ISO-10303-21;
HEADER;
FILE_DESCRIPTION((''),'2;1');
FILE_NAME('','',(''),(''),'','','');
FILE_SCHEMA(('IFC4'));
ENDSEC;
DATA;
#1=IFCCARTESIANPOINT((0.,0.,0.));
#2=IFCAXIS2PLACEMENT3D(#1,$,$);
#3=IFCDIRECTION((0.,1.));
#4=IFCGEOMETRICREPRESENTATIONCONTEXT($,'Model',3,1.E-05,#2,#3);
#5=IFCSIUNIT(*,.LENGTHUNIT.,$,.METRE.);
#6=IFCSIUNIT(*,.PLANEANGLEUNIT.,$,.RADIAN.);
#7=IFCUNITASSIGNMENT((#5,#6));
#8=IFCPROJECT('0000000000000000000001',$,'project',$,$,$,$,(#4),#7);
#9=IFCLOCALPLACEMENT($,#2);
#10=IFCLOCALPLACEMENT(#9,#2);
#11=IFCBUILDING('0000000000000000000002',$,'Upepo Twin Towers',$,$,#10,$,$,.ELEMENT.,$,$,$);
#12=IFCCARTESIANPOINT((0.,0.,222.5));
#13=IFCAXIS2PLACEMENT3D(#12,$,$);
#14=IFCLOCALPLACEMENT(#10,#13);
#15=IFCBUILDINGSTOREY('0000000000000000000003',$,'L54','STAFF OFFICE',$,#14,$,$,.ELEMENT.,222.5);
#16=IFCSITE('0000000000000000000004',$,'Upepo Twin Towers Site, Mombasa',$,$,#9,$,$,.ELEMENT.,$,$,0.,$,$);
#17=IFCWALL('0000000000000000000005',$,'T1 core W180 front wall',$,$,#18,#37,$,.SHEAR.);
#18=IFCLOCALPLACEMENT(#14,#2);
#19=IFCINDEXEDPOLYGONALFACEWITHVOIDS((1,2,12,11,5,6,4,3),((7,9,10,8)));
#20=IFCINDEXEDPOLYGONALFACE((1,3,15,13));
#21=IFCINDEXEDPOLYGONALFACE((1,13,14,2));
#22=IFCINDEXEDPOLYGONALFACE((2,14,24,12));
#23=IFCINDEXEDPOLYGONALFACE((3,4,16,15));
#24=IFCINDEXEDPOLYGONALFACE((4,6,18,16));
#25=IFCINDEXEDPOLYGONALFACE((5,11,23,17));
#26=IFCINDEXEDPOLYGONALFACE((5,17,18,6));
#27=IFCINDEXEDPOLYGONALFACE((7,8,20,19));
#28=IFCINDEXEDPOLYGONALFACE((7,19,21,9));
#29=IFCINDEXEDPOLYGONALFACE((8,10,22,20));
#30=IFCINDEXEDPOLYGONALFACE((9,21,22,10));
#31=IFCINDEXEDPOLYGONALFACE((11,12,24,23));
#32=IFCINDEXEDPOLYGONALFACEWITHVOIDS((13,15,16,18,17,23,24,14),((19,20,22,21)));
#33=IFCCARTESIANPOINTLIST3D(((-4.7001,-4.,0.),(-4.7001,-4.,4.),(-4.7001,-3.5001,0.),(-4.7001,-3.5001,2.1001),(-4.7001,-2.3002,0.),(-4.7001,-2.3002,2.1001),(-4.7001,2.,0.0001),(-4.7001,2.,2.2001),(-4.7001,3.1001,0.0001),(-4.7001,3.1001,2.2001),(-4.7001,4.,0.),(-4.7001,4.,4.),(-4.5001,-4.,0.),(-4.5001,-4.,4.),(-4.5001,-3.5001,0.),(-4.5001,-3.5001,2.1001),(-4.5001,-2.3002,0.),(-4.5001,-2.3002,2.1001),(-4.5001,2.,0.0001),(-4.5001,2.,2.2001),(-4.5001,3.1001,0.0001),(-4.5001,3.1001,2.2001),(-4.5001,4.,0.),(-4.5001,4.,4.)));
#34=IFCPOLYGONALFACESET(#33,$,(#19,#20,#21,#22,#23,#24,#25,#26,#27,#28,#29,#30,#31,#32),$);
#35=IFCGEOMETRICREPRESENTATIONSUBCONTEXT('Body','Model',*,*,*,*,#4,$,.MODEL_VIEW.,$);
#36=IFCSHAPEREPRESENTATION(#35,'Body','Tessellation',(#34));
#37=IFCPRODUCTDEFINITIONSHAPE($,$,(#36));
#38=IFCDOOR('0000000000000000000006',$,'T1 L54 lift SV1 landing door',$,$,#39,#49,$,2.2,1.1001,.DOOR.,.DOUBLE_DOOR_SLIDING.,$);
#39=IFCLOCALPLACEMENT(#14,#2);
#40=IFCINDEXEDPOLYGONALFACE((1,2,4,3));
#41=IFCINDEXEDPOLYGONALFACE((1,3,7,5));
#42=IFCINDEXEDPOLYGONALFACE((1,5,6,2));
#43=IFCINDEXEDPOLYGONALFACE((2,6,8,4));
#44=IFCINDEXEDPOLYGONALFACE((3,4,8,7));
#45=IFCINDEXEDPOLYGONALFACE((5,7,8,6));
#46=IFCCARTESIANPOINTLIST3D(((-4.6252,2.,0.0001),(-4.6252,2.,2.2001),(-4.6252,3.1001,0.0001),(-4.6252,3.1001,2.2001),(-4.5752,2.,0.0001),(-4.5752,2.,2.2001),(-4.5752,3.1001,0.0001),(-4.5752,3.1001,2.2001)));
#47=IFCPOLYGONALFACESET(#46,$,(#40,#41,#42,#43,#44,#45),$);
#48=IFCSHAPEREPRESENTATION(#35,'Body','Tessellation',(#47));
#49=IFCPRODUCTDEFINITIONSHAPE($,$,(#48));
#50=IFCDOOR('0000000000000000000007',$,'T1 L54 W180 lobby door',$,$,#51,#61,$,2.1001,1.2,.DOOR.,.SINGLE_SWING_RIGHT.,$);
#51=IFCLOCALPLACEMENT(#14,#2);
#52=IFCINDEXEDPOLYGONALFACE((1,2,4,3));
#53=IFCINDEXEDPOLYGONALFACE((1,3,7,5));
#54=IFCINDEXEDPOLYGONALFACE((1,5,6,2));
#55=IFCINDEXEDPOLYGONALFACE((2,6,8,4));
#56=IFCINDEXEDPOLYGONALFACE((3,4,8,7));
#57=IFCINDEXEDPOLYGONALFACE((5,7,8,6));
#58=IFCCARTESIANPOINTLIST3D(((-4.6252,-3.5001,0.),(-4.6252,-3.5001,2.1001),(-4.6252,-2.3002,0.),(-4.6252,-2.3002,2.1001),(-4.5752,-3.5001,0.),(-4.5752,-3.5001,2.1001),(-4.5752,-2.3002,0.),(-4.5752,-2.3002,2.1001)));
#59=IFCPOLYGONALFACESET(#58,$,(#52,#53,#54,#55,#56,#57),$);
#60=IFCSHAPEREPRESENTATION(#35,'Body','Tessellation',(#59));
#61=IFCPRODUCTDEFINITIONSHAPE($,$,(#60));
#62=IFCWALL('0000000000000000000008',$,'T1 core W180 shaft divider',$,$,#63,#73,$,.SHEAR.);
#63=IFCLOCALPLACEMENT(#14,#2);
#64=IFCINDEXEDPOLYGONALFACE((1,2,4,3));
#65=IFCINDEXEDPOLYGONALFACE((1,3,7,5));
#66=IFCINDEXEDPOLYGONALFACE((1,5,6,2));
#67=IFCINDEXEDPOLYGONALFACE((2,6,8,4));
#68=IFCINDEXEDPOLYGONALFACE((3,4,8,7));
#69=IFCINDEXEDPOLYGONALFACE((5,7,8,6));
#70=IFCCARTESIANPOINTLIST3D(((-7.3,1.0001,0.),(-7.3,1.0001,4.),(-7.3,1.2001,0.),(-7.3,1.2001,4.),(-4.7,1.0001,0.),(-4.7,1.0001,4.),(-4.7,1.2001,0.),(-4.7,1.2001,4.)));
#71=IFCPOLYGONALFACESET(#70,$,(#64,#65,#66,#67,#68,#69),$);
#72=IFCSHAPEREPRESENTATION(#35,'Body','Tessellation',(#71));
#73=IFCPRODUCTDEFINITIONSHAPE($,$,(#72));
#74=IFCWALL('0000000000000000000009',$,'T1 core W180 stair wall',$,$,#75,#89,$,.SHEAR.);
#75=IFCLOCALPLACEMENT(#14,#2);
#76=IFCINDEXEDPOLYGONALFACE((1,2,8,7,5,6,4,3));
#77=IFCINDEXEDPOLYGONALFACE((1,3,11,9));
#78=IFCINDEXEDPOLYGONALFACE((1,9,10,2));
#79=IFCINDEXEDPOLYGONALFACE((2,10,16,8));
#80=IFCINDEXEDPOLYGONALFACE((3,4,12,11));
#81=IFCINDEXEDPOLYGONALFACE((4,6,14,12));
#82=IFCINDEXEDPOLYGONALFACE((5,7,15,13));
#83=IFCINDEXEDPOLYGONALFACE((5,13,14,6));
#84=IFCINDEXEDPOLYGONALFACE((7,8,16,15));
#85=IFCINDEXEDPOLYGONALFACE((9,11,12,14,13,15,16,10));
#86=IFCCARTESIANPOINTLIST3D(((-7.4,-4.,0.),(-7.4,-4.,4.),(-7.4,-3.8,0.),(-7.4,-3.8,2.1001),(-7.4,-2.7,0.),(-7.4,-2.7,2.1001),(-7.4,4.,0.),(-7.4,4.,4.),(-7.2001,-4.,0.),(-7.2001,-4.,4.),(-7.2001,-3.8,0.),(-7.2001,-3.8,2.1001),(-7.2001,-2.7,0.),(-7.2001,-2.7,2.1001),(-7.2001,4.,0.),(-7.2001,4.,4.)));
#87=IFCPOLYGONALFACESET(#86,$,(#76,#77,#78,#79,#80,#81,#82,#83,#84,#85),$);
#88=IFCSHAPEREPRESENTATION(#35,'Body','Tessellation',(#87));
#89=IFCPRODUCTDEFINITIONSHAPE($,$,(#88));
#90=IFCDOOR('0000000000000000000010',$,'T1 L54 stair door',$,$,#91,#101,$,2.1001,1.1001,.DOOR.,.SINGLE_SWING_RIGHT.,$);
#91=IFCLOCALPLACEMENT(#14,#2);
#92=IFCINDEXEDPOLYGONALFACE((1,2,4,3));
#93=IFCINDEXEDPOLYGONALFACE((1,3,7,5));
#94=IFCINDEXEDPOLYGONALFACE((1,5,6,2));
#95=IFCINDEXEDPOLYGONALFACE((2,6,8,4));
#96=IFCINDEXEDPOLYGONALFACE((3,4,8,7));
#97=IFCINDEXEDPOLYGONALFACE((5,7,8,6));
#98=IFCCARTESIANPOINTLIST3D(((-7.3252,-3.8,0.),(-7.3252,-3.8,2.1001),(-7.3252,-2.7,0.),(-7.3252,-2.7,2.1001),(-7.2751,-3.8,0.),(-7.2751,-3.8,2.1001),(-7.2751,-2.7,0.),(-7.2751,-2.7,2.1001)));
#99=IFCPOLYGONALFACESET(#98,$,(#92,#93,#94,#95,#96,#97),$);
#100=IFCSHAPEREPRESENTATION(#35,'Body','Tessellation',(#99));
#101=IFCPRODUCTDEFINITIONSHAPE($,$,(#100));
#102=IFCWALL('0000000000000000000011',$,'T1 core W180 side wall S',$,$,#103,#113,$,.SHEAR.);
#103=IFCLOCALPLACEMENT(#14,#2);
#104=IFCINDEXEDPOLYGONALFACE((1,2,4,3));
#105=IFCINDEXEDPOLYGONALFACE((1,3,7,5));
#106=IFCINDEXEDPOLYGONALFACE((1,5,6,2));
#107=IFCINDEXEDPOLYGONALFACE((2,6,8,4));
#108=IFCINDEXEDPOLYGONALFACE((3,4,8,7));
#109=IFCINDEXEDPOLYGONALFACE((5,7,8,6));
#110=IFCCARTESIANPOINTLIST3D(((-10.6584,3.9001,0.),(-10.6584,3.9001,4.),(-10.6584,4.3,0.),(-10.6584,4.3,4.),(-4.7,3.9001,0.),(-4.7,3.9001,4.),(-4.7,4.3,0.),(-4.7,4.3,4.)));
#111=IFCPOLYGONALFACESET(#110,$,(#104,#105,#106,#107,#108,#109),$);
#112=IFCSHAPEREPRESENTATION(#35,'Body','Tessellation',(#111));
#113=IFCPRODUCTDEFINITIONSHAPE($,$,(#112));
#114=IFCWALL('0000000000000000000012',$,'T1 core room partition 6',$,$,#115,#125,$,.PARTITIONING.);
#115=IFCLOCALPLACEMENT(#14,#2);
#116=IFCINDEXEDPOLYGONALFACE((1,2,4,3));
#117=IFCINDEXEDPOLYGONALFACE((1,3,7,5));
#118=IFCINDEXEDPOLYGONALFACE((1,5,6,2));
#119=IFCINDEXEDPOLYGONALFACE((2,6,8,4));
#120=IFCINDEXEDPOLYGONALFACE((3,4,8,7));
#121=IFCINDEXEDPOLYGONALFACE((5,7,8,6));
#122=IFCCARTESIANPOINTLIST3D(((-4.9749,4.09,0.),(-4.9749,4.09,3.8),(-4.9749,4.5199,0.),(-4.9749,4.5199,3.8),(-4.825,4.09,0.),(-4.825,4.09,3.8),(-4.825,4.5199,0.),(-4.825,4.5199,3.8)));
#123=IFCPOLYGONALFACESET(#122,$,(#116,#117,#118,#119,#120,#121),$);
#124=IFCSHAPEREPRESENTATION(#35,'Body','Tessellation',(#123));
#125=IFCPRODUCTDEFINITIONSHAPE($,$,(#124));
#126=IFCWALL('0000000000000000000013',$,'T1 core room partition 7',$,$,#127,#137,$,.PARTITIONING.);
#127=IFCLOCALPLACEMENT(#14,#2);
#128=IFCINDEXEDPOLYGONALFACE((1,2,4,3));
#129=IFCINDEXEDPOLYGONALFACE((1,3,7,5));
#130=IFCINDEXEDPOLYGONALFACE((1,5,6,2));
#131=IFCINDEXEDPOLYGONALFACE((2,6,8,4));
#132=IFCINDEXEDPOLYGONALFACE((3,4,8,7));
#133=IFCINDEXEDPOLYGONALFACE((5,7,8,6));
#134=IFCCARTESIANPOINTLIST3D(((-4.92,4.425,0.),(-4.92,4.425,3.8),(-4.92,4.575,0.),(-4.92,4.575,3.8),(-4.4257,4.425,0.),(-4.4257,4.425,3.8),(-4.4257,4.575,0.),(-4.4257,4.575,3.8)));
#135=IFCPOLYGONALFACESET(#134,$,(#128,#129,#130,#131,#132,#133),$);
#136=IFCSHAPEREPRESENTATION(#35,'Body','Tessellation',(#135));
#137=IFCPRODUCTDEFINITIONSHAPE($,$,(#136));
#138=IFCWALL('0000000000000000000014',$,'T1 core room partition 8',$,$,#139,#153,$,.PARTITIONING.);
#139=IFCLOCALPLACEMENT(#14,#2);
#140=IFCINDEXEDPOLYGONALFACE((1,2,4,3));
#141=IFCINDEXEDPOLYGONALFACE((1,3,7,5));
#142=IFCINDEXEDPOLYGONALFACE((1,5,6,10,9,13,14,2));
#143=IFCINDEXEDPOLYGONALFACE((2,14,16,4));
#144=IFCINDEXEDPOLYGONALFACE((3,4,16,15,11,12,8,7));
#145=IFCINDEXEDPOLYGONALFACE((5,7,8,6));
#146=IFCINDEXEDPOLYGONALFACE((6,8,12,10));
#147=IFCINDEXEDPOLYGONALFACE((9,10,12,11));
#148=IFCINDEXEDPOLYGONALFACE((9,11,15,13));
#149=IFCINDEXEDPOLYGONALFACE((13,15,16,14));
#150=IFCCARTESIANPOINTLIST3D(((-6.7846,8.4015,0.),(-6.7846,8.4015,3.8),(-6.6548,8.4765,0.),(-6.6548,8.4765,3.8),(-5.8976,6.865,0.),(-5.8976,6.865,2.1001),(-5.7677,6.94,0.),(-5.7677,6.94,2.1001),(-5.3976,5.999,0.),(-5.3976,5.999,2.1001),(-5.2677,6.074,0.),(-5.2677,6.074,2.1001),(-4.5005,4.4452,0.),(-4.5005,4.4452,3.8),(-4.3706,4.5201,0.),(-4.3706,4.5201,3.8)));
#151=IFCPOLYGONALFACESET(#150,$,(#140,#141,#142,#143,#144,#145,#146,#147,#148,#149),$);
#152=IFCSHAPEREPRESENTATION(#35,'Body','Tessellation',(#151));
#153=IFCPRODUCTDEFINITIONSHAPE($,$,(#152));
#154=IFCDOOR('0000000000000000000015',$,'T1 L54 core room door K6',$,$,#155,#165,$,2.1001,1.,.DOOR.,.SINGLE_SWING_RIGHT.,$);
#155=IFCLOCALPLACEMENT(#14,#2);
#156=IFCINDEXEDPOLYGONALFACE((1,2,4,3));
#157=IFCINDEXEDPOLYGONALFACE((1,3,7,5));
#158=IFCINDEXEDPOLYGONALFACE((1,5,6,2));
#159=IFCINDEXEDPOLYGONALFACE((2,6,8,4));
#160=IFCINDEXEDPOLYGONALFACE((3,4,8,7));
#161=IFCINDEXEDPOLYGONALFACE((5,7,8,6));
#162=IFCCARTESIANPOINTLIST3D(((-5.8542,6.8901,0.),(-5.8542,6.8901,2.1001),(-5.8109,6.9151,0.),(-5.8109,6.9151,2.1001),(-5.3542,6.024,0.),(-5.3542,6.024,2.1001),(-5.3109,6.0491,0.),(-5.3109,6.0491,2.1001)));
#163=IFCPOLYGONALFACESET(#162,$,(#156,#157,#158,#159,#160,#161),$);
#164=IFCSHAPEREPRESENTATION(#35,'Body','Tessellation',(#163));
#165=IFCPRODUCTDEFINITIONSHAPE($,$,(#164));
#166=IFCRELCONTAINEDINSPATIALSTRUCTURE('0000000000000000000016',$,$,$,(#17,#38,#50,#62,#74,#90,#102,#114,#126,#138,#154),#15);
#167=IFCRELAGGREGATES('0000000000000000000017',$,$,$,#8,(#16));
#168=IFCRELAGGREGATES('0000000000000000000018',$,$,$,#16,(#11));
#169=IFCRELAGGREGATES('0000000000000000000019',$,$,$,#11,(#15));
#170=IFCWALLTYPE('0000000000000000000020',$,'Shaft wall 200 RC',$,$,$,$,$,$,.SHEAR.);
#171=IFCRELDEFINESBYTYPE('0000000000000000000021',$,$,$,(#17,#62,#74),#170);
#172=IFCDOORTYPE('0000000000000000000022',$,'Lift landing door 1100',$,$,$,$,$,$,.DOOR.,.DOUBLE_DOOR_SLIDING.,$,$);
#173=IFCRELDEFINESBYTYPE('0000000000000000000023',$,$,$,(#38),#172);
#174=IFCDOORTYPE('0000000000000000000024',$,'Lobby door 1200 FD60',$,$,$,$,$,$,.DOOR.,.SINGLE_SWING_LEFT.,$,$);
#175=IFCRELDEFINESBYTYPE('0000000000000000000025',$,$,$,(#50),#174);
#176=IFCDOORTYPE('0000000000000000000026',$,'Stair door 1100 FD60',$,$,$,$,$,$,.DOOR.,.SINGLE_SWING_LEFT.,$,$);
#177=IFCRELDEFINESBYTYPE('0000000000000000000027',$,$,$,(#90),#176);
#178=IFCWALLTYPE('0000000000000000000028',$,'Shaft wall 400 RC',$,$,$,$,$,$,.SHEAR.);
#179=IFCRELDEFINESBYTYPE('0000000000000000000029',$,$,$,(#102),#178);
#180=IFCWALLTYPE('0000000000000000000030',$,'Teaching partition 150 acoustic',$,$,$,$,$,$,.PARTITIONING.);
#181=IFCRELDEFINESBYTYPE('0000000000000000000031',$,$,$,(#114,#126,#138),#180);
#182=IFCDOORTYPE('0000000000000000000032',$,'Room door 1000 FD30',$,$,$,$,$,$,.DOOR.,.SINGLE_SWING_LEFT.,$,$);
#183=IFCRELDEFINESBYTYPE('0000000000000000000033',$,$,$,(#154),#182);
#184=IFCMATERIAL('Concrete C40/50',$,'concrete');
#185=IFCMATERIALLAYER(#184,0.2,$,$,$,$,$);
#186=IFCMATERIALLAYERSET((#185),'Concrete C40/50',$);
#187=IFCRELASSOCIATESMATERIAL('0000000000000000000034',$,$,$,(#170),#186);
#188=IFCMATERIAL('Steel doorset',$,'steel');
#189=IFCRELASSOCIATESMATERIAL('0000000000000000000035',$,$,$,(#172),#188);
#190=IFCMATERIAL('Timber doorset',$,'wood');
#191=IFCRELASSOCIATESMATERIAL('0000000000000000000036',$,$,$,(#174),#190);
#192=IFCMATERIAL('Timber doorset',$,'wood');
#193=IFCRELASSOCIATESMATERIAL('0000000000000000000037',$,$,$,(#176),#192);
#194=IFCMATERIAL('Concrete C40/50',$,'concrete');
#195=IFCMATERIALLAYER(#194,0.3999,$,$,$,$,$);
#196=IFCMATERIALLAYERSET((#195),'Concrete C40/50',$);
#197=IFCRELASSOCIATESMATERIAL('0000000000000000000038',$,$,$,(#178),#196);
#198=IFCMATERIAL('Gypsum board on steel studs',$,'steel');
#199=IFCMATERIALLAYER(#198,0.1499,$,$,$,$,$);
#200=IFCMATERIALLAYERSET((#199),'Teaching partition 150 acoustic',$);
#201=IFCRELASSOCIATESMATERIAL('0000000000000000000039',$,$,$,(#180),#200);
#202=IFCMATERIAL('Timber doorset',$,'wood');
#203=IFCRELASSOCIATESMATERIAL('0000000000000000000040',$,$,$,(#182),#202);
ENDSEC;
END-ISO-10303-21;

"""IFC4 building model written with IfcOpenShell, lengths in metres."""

from ifc_helpers import new_model, si_unit, direction, frame, frame_2d, origin, place, context, subcontext, project, spatial, rectangle, extrude, material, layer, layer_set, type_object, element, fill, save


model = new_model("IFC4")

# Units and contexts
model_context = context("Model", 3, precision=1e-05, world=origin(), true_north=direction((0.0, 1.0)))
body_context = subcontext(model_context, "Body", "Model", "MODEL_VIEW")
ifc_project = project(units=[si_unit("LENGTHUNIT", "METRE"), si_unit("PLANEANGLEUNIT", "RADIAN")], contexts=[model_context])

# Site, building, storey
site_placement = place(None, origin())
site = spatial("IfcSite", under=ifc_project, at=site_placement, Name="Upepo Twin Towers Site, Mombasa", CompositionType="ELEMENT", RefElevation=0.0)
building_placement = place(site_placement, origin())
building = spatial("IfcBuilding", under=site, at=building_placement, Name="Upepo Twin Towers", CompositionType="ELEMENT")
storey_placement = place(building_placement, frame((0.0, 0.0, 222.5)))
storey = spatial("IfcBuildingStorey", under=building, at=storey_placement, Name="L54", Description="STAFF OFFICE", CompositionType="ELEMENT", Elevation=222.5)

# Wall, openings, doors
ifc_material_1 = material(Name="Concrete C40/50", Category="concrete")
ifc_layer_1 = layer(ifc_material_1, 0.2)
ifc_layer_set_1 = layer_set([ifc_layer_1], Name="Concrete C40/50")
wall_type_1 = type_object("IfcWallType", Name="Shaft wall 200 RC", PredefinedType="SHEAR", material=ifc_layer_set_1)
wall_1_placement = place(storey_placement, frame((-4.6001, 4.0, 0.0), z_axis=(0.0, 0.0, 1.0), x_axis=(0.0, -1.0, 0.0)))
wall_1 = element("IfcWall", 1, at=wall_1_placement, inside=storey, type_object=wall_type_1, Name="T1 core W180 front wall", PredefinedType="SHEAR", context=body_context, shape_type="SweptSolid", body=[
    extrude(rectangle(XDim=8.0, YDim=0.2, at=frame_2d((4.0, 0.0))), origin(), (0.0, 0.0, 1.0), 4.0),
])
opening_1_placement = place(wall_1_placement, frame((6.3, 0.0, 0.0)))
opening_1 = element("IfcOpeningElement", 2, at=opening_1_placement, cuts=wall_1, PredefinedType="OPENING", context=body_context, shape_type="SweptSolid", body=[
    extrude(rectangle(XDim=1.2, YDim=2.1001, at=frame_2d((0.6001, 1.05))), frame((0.0, 0.1099, 0.0), z_axis=(0.0, -1.0, 0.0), x_axis=(1.0, 0.0, 0.0)), (0.0, 0.0, 1.0), 0.22),
])
opening_2_placement = place(wall_1_placement, frame((0.8999, 0.0, 0.0)))
opening_2 = element("IfcOpeningElement", 3, at=opening_2_placement, cuts=wall_1, PredefinedType="OPENING", context=body_context, shape_type="SweptSolid", body=[
    extrude(rectangle(XDim=1.1001, YDim=2.2, at=frame_2d((0.55, 1.1001))), frame((0.0, 0.1099, 0.0), z_axis=(0.0, -1.0, 0.0), x_axis=(1.0, 0.0, 0.0)), (0.0, 0.0, 1.0), 0.22),
])
ifc_material_2 = material(Name="Steel doorset", Category="steel")
door_type_1 = type_object("IfcDoorType", Name="Lift landing door 1100", OperationType="DOUBLE_DOOR_SLIDING", PredefinedType="DOOR", material=ifc_material_2)
door_1_placement = place(opening_2_placement, origin())
door_1 = element("IfcDoor", 4, at=door_1_placement, inside=storey, type_object=door_type_1, Name="T1 L54 lift SV1 landing door", OperationType="DOUBLE_DOOR_SLIDING", OverallHeight=2.2, OverallWidth=1.1001, PredefinedType="DOOR", context=body_context, shape_type="SweptSolid", body=[
    extrude(rectangle(XDim=1.1001, YDim=2.2, at=frame_2d((0.55, 1.1001))), frame((0.0, 0.0249, 0.0), z_axis=(0.0, -1.0, 0.0), x_axis=(1.0, 0.0, 0.0)), (0.0, 0.0, 1.0), 0.05),
])
fill(opening_2, door_1)
ifc_material_3 = material(Name="Timber doorset", Category="wood")
door_type_2 = type_object("IfcDoorType", Name="Lobby door 1200 FD60", OperationType="SINGLE_SWING_LEFT", PredefinedType="DOOR", material=ifc_material_3)
door_2_placement = place(opening_1_placement, origin())
door_2 = element("IfcDoor", 5, at=door_2_placement, inside=storey, type_object=door_type_2, Name="T1 L54 W180 lobby door", OperationType="SINGLE_SWING_RIGHT", OverallHeight=2.1001, OverallWidth=1.2, PredefinedType="DOOR", context=body_context, shape_type="SweptSolid", body=[
    extrude(rectangle(XDim=1.2, YDim=2.1001, at=frame_2d((0.6001, 1.05))), frame((0.0, 0.0249, 0.0), z_axis=(0.0, -1.0, 0.0), x_axis=(1.0, 0.0, 0.0)), (0.0, 0.0, 1.0), 0.05),
])
fill(opening_1, door_2)

# Wall
wall_2_placement = place(storey_placement, frame((-4.7, 1.1001, 0.0), z_axis=(0.0, 0.0, 1.0), x_axis=(-1.0, 0.0, 0.0)))
element("IfcWall", 6, at=wall_2_placement, inside=storey, type_object=wall_type_1, Name="T1 core W180 shaft divider", PredefinedType="SHEAR", context=body_context, shape_type="SweptSolid", body=[
    extrude(rectangle(XDim=2.6001, YDim=0.2, at=frame_2d((1.3, 0.0))), origin(), (0.0, 0.0, 1.0), 4.0),
])

# Wall, opening, door
wall_3_placement = place(storey_placement, frame((-7.3, 4.0, 0.0), z_axis=(0.0, 0.0, 1.0), x_axis=(0.0, -1.0, 0.0)))
wall_3 = element("IfcWall", 7, at=wall_3_placement, inside=storey, type_object=wall_type_1, Name="T1 core W180 stair wall", PredefinedType="SHEAR", context=body_context, shape_type="SweptSolid", body=[
    extrude(rectangle(XDim=8.0, YDim=0.2, at=frame_2d((4.0, 0.0))), origin(), (0.0, 0.0, 1.0), 4.0),
])
opening_3_placement = place(wall_3_placement, frame((6.7, 0.0, 0.0)))
opening_3 = element("IfcOpeningElement", 8, at=opening_3_placement, cuts=wall_3, PredefinedType="OPENING", context=body_context, shape_type="SweptSolid", body=[
    extrude(rectangle(XDim=1.1001, YDim=2.1001, at=frame_2d((0.55, 1.05))), frame((0.0, 0.1099, 0.0), z_axis=(0.0, -1.0, 0.0), x_axis=(1.0, 0.0, 0.0)), (0.0, 0.0, 1.0), 0.22),
])
ifc_material_4 = material(Name="Timber doorset", Category="wood")
door_type_3 = type_object("IfcDoorType", Name="Stair door 1100 FD60", OperationType="SINGLE_SWING_LEFT", PredefinedType="DOOR", material=ifc_material_4)
door_3_placement = place(opening_3_placement, origin())
door_3 = element("IfcDoor", 9, at=door_3_placement, inside=storey, type_object=door_type_3, Name="T1 L54 stair door", OperationType="SINGLE_SWING_RIGHT", OverallHeight=2.1001, OverallWidth=1.1001, PredefinedType="DOOR", context=body_context, shape_type="SweptSolid", body=[
    extrude(rectangle(XDim=1.1001, YDim=2.1001, at=frame_2d((0.55, 1.05))), frame((0.0, 0.0249, 0.0), z_axis=(0.0, -1.0, 0.0), x_axis=(1.0, 0.0, 0.0)), (0.0, 0.0, 1.0), 0.05),
])
fill(opening_3, door_3)

# Walls
ifc_material_5 = material(Name="Concrete C40/50", Category="concrete")
ifc_layer_2 = layer(ifc_material_5, 0.3999)
ifc_layer_set_2 = layer_set([ifc_layer_2], Name="Concrete C40/50")
wall_type_2 = type_object("IfcWallType", Name="Shaft wall 400 RC", PredefinedType="SHEAR", material=ifc_layer_set_2)
wall_4_placement = place(storey_placement, frame((-4.7, 4.1001, 0.0), z_axis=(0.0, 0.0, 1.0), x_axis=(-1.0, 0.0, 0.0)))
element("IfcWall", 10, at=wall_4_placement, inside=storey, type_object=wall_type_2, Name="T1 core W180 side wall S", PredefinedType="SHEAR", context=body_context, shape_type="SweptSolid", body=[
    extrude(rectangle(XDim=5.9585, YDim=0.3999, at=frame_2d((2.9792, 0.0))), origin(), (0.0, 0.0, 1.0), 4.0),
])
ifc_material_6 = material(Name="Gypsum board on steel studs", Category="steel")
ifc_layer_3 = layer(ifc_material_6, 0.1499)
ifc_layer_set_3 = layer_set([ifc_layer_3], Name="Teaching partition 150 acoustic")
wall_type_3 = type_object("IfcWallType", Name="Teaching partition 150 acoustic", PredefinedType="PARTITIONING", material=ifc_layer_set_3)
wall_5_placement = place(storey_placement, frame((-4.8999, 4.0901, 0.0), z_axis=(0.0, 0.0, 1.0), x_axis=(0.0, 1.0, 0.0)))
element("IfcWall", 11, at=wall_5_placement, inside=storey, type_object=wall_type_3, Name="T1 core room partition 6", PredefinedType="PARTITIONING", context=body_context, shape_type="SweptSolid", body=[
    extrude(rectangle(XDim=0.4299, YDim=0.1499, at=frame_2d((0.2148, 0.0))), origin(), (0.0, 0.0, 1.0), 3.8),
])
wall_6_placement = place(storey_placement, frame((-4.9199, 4.5, 0.0), z_axis=(0.0, 0.0, 1.0), x_axis=(1.0, 0.0, 0.0)))
element("IfcWall", 12, at=wall_6_placement, inside=storey, type_object=wall_type_3, Name="T1 core room partition 7", PredefinedType="PARTITIONING", context=body_context, shape_type="SweptSolid", body=[
    extrude(rectangle(XDim=0.4944, YDim=0.1499, at=frame_2d((0.2471, 0.0))), origin(), (0.0, 0.0, 1.0), 3.8),
])

# Wall, opening, door
wall_7_placement = place(storey_placement, frame((-4.4355, 4.4827, 0.0), z_axis=(0.0, 0.0, 1.0), x_axis=(-0.500002, 0.866025, 0.0)))
wall_7 = element("IfcWall", 13, at=wall_7_placement, inside=storey, type_object=wall_type_3, Name="T1 core room partition 8", PredefinedType="PARTITIONING", context=body_context, shape_type="SweptSolid", body=[
    extrude(rectangle(XDim=4.5684, YDim=0.1499, at=frame_2d((2.2842, 0.0))), origin(), (0.0, 0.0, 1.0), 3.8),
])
opening_4_placement = place(wall_7_placement, frame((1.7942, 0.0, 0.0)))
opening_4 = element("IfcOpeningElement", 14, at=opening_4_placement, cuts=wall_7, PredefinedType="OPENING", context=body_context, shape_type="SweptSolid", body=[
    extrude(rectangle(XDim=1.0, YDim=2.1001, at=frame_2d((0.5, 1.05))), frame((0.0, 0.085, 0.0), z_axis=(0.0, -1.0, 0.0), x_axis=(1.0, 0.0, 0.0)), (0.0, 0.0, 1.0), 0.1699),
])
ifc_material_7 = material(Name="Timber doorset", Category="wood")
door_type_4 = type_object("IfcDoorType", Name="Room door 1000 FD30", OperationType="SINGLE_SWING_LEFT", PredefinedType="DOOR", material=ifc_material_7)
door_4_placement = place(opening_4_placement, origin())
door_4 = element("IfcDoor", 15, at=door_4_placement, inside=storey, type_object=door_type_4, Name="T1 L54 core room door K6", OperationType="SINGLE_SWING_RIGHT", OverallHeight=2.1001, OverallWidth=1.0, PredefinedType="DOOR", context=body_context, shape_type="SweptSolid", body=[
    extrude(rectangle(XDim=1.0, YDim=2.1001, at=frame_2d((0.5, 1.05))), frame((0.0, 0.0249, 0.0), z_axis=(0.0, -1.0, 0.0), x_axis=(1.0, 0.0, 0.0)), (0.0, 0.0, 1.0), 0.05),
])
fill(opening_4, door_4)

save(model, "model.ifc")
